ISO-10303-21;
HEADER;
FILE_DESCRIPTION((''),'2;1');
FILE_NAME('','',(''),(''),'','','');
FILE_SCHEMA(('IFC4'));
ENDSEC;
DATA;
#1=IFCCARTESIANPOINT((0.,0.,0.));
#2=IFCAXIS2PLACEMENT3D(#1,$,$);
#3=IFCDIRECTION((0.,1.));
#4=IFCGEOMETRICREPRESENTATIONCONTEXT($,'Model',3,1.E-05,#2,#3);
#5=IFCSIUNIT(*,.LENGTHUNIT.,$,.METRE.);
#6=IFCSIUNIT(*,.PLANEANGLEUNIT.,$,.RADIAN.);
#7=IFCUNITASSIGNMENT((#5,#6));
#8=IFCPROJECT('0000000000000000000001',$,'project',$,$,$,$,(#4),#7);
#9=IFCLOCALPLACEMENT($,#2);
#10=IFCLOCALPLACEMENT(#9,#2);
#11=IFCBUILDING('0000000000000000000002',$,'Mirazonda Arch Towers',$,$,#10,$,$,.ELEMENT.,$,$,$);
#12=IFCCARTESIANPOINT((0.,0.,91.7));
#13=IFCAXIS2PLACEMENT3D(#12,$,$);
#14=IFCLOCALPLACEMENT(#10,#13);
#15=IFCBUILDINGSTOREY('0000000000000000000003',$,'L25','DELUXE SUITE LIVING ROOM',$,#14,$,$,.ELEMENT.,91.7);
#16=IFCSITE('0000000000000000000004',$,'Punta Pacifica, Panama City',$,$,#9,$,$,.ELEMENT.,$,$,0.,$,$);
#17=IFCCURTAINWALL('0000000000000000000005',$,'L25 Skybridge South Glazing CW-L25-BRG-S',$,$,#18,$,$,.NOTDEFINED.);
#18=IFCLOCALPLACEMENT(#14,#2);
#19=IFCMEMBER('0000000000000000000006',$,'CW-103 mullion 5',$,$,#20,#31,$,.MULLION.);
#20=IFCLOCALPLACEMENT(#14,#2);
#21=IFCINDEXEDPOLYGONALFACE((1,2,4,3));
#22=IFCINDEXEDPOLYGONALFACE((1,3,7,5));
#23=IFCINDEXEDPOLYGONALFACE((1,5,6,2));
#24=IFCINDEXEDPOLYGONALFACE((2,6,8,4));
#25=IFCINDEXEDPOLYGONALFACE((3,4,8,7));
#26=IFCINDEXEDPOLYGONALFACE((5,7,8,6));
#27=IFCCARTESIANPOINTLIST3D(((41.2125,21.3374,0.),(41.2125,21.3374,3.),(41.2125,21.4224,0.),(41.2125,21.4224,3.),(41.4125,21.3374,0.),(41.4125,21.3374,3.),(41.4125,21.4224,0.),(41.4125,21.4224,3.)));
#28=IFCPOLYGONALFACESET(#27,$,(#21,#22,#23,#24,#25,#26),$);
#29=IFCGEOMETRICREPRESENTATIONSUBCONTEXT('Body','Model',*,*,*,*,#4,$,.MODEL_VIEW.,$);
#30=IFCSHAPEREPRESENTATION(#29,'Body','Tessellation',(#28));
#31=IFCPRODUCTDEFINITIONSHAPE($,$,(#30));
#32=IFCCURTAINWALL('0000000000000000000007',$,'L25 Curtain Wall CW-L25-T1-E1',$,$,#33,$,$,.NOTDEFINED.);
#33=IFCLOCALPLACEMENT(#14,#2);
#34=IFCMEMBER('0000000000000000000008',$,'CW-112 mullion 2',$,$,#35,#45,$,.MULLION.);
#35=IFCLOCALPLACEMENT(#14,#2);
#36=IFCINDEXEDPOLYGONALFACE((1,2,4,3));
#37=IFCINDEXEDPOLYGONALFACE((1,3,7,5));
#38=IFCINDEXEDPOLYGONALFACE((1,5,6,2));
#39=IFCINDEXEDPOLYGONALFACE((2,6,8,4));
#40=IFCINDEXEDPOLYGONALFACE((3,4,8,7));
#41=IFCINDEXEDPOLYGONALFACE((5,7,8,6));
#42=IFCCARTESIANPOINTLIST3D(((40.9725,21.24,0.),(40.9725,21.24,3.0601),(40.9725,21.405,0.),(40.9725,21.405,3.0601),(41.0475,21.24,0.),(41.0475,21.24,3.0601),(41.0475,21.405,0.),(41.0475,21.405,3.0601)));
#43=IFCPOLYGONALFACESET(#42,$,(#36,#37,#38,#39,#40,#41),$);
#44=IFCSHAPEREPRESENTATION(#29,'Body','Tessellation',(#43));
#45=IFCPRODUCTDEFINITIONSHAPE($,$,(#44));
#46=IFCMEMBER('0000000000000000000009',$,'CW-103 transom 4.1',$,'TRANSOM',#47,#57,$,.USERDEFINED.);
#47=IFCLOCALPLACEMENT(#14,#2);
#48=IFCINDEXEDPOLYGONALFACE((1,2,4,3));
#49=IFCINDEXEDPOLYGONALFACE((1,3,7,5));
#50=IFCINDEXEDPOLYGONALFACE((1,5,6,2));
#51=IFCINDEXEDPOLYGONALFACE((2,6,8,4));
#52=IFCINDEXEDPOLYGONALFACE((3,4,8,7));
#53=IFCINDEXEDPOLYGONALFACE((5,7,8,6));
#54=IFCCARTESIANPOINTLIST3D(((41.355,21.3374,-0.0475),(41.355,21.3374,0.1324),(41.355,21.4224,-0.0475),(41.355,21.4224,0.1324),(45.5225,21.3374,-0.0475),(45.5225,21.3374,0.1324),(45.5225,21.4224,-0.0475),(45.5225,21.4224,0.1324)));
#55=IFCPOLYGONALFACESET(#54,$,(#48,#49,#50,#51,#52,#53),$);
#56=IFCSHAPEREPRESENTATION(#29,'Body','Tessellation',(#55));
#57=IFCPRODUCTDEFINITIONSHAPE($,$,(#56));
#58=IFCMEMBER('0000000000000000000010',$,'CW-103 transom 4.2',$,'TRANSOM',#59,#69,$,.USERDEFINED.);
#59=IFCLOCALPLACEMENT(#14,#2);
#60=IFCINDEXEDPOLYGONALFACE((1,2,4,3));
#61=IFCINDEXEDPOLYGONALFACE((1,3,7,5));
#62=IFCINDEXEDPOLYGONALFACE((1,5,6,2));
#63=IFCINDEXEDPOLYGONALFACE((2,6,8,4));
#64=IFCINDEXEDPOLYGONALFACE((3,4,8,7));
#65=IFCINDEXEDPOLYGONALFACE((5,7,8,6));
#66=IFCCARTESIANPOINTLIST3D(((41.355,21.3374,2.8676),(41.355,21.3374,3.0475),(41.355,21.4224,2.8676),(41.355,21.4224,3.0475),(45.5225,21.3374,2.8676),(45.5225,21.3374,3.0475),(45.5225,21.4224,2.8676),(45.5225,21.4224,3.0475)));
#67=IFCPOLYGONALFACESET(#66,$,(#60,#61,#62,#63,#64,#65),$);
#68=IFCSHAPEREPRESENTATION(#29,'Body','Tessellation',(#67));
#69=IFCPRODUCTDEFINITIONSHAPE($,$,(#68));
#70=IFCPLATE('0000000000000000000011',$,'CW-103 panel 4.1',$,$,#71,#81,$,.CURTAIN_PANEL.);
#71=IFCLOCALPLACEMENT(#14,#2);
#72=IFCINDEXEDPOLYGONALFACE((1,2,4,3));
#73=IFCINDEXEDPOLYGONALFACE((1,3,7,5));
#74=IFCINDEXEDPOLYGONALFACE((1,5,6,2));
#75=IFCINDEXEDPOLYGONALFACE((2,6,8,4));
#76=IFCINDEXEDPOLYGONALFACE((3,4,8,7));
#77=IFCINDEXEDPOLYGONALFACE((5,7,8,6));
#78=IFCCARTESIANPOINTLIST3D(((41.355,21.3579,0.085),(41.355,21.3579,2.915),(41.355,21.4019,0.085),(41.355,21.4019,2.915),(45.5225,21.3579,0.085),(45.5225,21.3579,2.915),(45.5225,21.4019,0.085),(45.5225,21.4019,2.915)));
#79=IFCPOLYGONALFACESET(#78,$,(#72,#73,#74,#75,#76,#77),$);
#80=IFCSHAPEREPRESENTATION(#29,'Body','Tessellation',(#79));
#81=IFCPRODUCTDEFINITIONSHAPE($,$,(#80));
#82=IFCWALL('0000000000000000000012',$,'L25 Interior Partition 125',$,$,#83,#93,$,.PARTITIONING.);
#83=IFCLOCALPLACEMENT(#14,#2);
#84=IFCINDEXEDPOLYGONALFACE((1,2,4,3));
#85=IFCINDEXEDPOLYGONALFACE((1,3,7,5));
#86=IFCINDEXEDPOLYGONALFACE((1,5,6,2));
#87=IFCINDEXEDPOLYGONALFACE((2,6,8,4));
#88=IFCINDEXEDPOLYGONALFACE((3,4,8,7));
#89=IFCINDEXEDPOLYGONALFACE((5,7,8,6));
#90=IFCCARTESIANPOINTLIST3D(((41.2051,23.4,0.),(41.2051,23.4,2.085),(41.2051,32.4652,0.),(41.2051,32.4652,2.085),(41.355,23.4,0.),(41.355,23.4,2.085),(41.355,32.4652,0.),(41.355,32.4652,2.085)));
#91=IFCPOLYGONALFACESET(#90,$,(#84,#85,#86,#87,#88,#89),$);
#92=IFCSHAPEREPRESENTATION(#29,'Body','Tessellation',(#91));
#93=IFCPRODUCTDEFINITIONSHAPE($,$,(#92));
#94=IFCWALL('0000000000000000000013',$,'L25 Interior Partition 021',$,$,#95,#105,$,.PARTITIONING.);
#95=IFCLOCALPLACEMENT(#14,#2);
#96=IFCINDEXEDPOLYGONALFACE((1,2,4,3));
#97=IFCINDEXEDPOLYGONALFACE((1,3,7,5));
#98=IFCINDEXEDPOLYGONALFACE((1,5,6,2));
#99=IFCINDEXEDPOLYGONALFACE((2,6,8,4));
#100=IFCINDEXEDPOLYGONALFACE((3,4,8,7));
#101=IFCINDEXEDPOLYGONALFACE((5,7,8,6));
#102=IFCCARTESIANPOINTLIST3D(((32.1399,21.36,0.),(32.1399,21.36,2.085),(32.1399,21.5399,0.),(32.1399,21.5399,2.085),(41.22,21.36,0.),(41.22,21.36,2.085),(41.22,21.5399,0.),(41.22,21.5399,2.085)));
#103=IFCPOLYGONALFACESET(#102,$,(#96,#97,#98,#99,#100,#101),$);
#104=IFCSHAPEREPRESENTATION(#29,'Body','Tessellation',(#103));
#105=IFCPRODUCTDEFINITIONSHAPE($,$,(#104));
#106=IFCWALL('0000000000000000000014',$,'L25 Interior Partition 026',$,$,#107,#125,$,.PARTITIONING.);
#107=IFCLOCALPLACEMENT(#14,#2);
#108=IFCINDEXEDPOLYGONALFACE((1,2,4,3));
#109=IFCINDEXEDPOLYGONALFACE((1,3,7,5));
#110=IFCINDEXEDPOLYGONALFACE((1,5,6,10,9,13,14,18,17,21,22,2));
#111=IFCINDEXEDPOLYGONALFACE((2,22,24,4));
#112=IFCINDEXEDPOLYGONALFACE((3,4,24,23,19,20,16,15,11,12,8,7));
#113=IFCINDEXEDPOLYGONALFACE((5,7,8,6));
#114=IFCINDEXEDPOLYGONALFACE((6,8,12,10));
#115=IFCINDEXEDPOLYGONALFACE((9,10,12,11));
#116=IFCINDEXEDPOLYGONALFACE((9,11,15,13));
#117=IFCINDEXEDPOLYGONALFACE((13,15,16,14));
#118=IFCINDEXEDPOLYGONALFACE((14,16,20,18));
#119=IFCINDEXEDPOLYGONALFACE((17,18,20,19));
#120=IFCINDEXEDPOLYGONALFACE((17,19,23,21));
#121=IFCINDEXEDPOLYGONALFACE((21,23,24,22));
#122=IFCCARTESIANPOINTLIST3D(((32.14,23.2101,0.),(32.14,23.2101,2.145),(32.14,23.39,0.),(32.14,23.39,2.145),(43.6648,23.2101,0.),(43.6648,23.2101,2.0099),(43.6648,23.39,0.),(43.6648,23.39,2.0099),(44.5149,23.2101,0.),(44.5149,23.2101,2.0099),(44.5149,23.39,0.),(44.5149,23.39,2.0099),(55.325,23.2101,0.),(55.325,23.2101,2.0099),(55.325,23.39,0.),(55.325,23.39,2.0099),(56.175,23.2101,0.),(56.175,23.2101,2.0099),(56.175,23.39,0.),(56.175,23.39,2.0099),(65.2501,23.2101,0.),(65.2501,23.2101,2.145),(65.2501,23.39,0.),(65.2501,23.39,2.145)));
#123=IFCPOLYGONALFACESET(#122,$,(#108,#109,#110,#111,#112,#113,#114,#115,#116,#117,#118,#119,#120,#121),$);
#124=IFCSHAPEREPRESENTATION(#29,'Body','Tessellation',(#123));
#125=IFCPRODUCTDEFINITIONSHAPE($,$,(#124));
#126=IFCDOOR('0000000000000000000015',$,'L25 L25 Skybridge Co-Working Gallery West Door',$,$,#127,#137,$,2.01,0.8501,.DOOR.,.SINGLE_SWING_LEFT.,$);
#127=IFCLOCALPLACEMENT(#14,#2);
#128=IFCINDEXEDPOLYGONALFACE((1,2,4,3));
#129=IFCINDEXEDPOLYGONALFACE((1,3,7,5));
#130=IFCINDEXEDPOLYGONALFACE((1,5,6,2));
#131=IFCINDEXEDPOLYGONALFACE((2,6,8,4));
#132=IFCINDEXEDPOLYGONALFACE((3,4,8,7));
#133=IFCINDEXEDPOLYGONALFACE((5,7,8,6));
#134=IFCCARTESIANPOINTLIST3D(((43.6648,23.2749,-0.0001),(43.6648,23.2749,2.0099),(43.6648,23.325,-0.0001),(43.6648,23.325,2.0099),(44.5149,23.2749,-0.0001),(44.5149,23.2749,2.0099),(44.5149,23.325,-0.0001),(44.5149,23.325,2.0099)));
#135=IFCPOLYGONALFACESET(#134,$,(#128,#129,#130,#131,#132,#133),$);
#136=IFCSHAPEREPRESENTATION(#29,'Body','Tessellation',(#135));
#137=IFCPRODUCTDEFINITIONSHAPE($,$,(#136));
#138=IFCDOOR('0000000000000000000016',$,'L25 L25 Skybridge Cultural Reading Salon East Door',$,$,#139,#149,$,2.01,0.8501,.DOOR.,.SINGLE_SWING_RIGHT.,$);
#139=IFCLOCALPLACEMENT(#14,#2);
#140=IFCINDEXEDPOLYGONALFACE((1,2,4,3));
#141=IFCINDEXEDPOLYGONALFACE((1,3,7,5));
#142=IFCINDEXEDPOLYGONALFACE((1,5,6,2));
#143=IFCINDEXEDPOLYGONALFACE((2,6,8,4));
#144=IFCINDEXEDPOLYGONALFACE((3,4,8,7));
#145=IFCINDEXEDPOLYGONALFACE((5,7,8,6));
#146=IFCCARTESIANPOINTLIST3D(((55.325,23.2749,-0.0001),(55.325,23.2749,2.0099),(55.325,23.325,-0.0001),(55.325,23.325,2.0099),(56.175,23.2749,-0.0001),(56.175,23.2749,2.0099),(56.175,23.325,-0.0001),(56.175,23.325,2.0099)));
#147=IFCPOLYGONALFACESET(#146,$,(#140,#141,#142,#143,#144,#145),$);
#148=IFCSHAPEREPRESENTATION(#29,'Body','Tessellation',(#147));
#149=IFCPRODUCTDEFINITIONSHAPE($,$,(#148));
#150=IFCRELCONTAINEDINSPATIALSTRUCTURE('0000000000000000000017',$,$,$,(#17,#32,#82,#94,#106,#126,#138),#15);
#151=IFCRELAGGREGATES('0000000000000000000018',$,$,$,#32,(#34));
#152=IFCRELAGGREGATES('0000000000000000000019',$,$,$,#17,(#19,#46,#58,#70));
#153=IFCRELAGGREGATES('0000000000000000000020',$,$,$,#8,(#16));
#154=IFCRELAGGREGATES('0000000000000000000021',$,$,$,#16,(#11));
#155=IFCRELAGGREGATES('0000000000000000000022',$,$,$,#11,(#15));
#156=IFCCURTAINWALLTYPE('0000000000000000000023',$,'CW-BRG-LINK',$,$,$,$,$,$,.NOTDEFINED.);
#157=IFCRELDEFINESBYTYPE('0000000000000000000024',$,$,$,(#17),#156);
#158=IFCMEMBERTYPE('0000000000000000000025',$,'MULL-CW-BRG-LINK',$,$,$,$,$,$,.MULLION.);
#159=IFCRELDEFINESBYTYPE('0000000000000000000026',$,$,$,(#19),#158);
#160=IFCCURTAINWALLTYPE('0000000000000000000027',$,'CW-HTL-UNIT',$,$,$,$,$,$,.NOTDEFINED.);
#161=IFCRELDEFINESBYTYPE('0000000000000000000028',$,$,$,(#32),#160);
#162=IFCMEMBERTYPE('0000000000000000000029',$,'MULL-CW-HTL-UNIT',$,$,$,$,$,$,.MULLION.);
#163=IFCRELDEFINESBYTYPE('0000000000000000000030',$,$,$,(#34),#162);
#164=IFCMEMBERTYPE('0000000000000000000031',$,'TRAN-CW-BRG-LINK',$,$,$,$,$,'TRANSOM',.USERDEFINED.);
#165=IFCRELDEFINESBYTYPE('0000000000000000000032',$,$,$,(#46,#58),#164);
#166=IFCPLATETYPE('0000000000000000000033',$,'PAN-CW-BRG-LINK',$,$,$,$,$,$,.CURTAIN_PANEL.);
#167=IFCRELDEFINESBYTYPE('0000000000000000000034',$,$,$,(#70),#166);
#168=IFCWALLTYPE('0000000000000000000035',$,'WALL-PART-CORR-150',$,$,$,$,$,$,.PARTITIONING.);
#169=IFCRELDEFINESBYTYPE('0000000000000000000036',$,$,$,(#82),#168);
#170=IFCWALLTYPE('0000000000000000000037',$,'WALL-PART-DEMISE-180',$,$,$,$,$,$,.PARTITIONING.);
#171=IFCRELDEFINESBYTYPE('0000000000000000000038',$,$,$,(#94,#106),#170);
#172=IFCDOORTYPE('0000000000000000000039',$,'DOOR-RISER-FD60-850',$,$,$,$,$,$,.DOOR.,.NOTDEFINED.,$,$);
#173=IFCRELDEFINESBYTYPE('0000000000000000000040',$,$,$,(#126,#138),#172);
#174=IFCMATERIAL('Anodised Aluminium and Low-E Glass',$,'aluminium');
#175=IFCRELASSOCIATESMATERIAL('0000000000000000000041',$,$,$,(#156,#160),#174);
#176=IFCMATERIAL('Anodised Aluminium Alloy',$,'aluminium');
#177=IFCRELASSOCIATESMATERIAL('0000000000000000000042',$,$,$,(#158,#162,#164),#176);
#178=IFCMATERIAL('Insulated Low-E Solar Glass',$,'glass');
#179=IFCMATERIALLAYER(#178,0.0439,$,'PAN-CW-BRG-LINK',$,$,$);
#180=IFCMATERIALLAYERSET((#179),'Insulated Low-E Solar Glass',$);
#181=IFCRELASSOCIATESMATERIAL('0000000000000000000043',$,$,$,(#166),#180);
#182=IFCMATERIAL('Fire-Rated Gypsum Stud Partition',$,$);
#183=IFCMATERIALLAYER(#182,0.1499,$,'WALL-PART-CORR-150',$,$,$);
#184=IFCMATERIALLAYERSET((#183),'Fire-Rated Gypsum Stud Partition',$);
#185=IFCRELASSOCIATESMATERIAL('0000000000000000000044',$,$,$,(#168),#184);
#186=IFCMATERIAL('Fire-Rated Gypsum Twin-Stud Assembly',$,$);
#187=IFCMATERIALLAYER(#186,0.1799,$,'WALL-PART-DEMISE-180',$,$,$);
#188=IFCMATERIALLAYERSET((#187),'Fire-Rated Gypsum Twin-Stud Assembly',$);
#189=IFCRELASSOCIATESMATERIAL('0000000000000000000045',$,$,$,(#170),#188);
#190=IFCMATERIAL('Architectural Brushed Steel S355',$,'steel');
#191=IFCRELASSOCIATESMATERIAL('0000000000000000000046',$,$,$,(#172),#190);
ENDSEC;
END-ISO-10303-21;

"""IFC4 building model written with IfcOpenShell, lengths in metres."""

from ifc_helpers import new_model, si_unit, direction, frame, frame_2d, origin, origin_2d, place, context, subcontext, project, spatial, rectangle, extrude, material, layer, layer_set, material_profile, profile_set, type_object, element, fill, aggregate, save


model = new_model("IFC4")

# Units and contexts
model_context = context("Model", 3, precision=1e-05, world=origin(), true_north=direction((0.0, 1.0)))
body_context = subcontext(model_context, "Body", "Model", "MODEL_VIEW")
ifc_project = project(units=[si_unit("LENGTHUNIT", "METRE"), si_unit("PLANEANGLEUNIT", "RADIAN")], contexts=[model_context])

# Site, building, storey
site_placement = place(None, origin())
site = spatial("IfcSite", under=ifc_project, at=site_placement, Name="Punta Pacifica, Panama City", CompositionType="ELEMENT", RefElevation=0.0)
building_placement = place(site_placement, origin())
building = spatial("IfcBuilding", under=site, at=building_placement, Name="Mirazonda Arch Towers", CompositionType="ELEMENT")
storey_placement = place(building_placement, frame((0.0, 0.0, 91.7)))
storey = spatial("IfcBuildingStorey", under=building, at=storey_placement, Name="L25", Description="DELUXE SUITE LIVING ROOM", CompositionType="ELEMENT", Elevation=91.7)

# Curtain walls, members
ifc_material_1 = material(Name="Anodised Aluminium and Low-E Glass", Category="aluminium")
curtain_wall_type_1 = type_object("IfcCurtainWallType", Name="CW-BRG-LINK", PredefinedType="NOTDEFINED", material=ifc_material_1)
curtain_wall_1_placement = place(storey_placement, origin())
curtain_wall_1 = element("IfcCurtainWall", 1, at=curtain_wall_1_placement, inside=storey, type_object=curtain_wall_type_1, Name="L25 Skybridge South Glazing CW-L25-BRG-S", PredefinedType="NOTDEFINED")
ifc_material_2 = material(Name="Anodised Aluminium Alloy", Category="aluminium")
ifc_material_profile_1 = material_profile(ifc_material_2, rectangle(XDim=0.085, YDim=0.2, at=origin_2d()), Name="ALU-MULL-85x200")
ifc_profile_set_1 = profile_set([ifc_material_profile_1], Name="Anodised Aluminium Alloy")
member_type_1 = type_object("IfcMemberType", Name="MULL-CW-BRG-LINK", PredefinedType="MULLION", material=ifc_profile_set_1)
member_1_placement = place(storey_placement, frame((41.3125, 21.3799, 0.0), z_axis=(0.0, 0.0, 1.0), x_axis=(0.0, -1.0, 0.0)))
member_1 = element("IfcMember", 2, at=member_1_placement, type_object=member_type_1, Name="CW-103 mullion 5", PredefinedType="MULLION", context=body_context, shape_type="SweptSolid", body=[
    extrude(rectangle(XDim=0.085, YDim=0.2, at=origin_2d()), origin(), (0.0, 0.0, 1.0), 3.0),
])
curtain_wall_type_2 = type_object("IfcCurtainWallType", Name="CW-HTL-UNIT", PredefinedType="NOTDEFINED", material=ifc_material_1)
curtain_wall_2_placement = place(storey_placement, origin())
curtain_wall_2 = element("IfcCurtainWall", 3, at=curtain_wall_2_placement, inside=storey, type_object=curtain_wall_type_2, Name="L25 Curtain Wall CW-L25-T1-E1", PredefinedType="NOTDEFINED")
ifc_material_profile_2 = material_profile(ifc_material_2, rectangle(XDim=0.075, YDim=0.165, at=origin_2d()), Name="ALU-MULL-75x165")
ifc_profile_set_2 = profile_set([ifc_material_profile_2], Name="Anodised Aluminium Alloy")
member_type_2 = type_object("IfcMemberType", Name="MULL-CW-HTL-UNIT", PredefinedType="MULLION", material=ifc_profile_set_2)
member_2_placement = place(storey_placement, frame((41.01, 21.3225, 0.0), z_axis=(0.0, 0.0, 1.0), x_axis=(-1.0, 0.0, 0.0)))
member_2 = element("IfcMember", 4, at=member_2_placement, type_object=member_type_2, Name="CW-112 mullion 2", PredefinedType="MULLION", context=body_context, shape_type="SweptSolid", body=[
    extrude(rectangle(XDim=0.075, YDim=0.165, at=origin_2d()), origin(), (0.0, 0.0, 1.0), 3.0601),
])
aggregate(curtain_wall_2, [member_2])

# Members
ifc_material_profile_3 = material_profile(ifc_material_2, rectangle(XDim=0.085, YDim=0.1799, at=origin_2d()), Name="ALU-TRAN-85x180")
ifc_profile_set_3 = profile_set([ifc_material_profile_3], Name="Anodised Aluminium Alloy")
member_type_3 = type_object("IfcMemberType", Name="TRAN-CW-BRG-LINK", ElementType="TRANSOM", PredefinedType="USERDEFINED", material=ifc_profile_set_3)
member_3_placement = place(storey_placement, frame((45.5225, 21.3799, 0.0425), z_axis=(-1.0, 0.0, 0.0), x_axis=(0.0, -1.0, 0.0)))
member_3 = element("IfcMember", 5, at=member_3_placement, type_object=member_type_3, Name="CW-103 transom 4.1", ObjectType="TRANSOM", PredefinedType="USERDEFINED", context=body_context, shape_type="SweptSolid", body=[
    extrude(rectangle(XDim=0.085, YDim=0.1799, at=origin_2d()), origin(), (0.0, 0.0, 1.0), 4.1675),
])
member_4_placement = place(storey_placement, frame((45.5225, 21.3799, 2.9575), z_axis=(-1.0, 0.0, 0.0), x_axis=(0.0, -1.0, 0.0)))
member_4 = element("IfcMember", 6, at=member_4_placement, type_object=member_type_3, Name="CW-103 transom 4.2", ObjectType="TRANSOM", PredefinedType="USERDEFINED", context=body_context, shape_type="SweptSolid", body=[
    extrude(rectangle(XDim=0.085, YDim=0.1799, at=origin_2d()), origin(), (0.0, 0.0, 1.0), 4.1675),
])

# Plate
ifc_material_3 = material(Name="Insulated Low-E Solar Glass", Category="glass")
ifc_layer_1 = layer(ifc_material_3, 0.0439, Name="PAN-CW-BRG-LINK")
ifc_layer_set_1 = layer_set([ifc_layer_1], Name="Insulated Low-E Solar Glass")
plate_type = type_object("IfcPlateType", Name="PAN-CW-BRG-LINK", PredefinedType="CURTAIN_PANEL", material=ifc_layer_set_1)
plate_placement = place(storey_placement, frame((43.4387, 21.3799, 0.085), z_axis=(0.0, 0.0, 1.0), x_axis=(-1.0, 0.0, 0.0)))
plate = element("IfcPlate", 7, at=plate_placement, type_object=plate_type, Name="CW-103 panel 4.1", PredefinedType="CURTAIN_PANEL", context=body_context, shape_type="SweptSolid", body=[
    extrude(rectangle(XDim=4.1675, YDim=0.0439, at=origin_2d()), origin(), (0.0, 0.0, 1.0), 2.8301),
])
aggregate(curtain_wall_1, [member_1, member_3, member_4, plate])

# Walls
ifc_material_4 = material(Name="Fire-Rated Gypsum Stud Partition")
ifc_layer_2 = layer(ifc_material_4, 0.1499, Name="WALL-PART-CORR-150")
ifc_layer_set_2 = layer_set([ifc_layer_2], Name="Fire-Rated Gypsum Stud Partition")
wall_type_1 = type_object("IfcWallType", Name="WALL-PART-CORR-150", PredefinedType="PARTITIONING", material=ifc_layer_set_2)
wall_1_placement = place(storey_placement, frame((41.28, 23.3999, 0.0), z_axis=(0.0, 0.0, 1.0), x_axis=(0.0, 1.0, 0.0)))
element("IfcWall", 8, at=wall_1_placement, inside=storey, type_object=wall_type_1, Name="L25 Interior Partition 125", PredefinedType="PARTITIONING", context=body_context, shape_type="SweptSolid", body=[
    extrude(rectangle(XDim=9.0652, YDim=0.1499, at=frame_2d((4.5327, 0.0))), origin(), (0.0, 0.0, 1.0), 2.085),
])
ifc_material_5 = material(Name="Fire-Rated Gypsum Twin-Stud Assembly")
ifc_layer_3 = layer(ifc_material_5, 0.1799, Name="WALL-PART-DEMISE-180")
ifc_layer_set_3 = layer_set([ifc_layer_3], Name="Fire-Rated Gypsum Twin-Stud Assembly")
wall_type_2 = type_object("IfcWallType", Name="WALL-PART-DEMISE-180", PredefinedType="PARTITIONING", material=ifc_layer_set_3)
wall_2_placement = place(storey_placement, frame((32.1399, 21.45, 0.0), z_axis=(0.0, 0.0, 1.0), x_axis=(1.0, 0.0, 0.0)))
element("IfcWall", 9, at=wall_2_placement, inside=storey, type_object=wall_type_2, Name="L25 Interior Partition 021", PredefinedType="PARTITIONING", context=body_context, shape_type="SweptSolid", body=[
    extrude(rectangle(XDim=9.0801, YDim=0.1799, at=frame_2d((4.54, 0.0))), origin(), (0.0, 0.0, 1.0), 2.085),
])

# Wall, openings, doors
wall_3_placement = place(storey_placement, frame((32.1399, 23.3, 0.0), z_axis=(0.0, 0.0, 1.0), x_axis=(1.0, 0.0, 0.0)))
wall_3 = element("IfcWall", 10, at=wall_3_placement, inside=storey, type_object=wall_type_2, Name="L25 Interior Partition 026", PredefinedType="PARTITIONING", context=body_context, shape_type="SweptSolid", body=[
    extrude(rectangle(XDim=33.1101, YDim=0.1799, at=frame_2d((16.5552, 0.0))), origin(), (0.0, 0.0, 1.0), 2.145),
])
opening_1_placement = place(wall_3_placement, frame((11.5249, 0.0, 0.0)))
opening_1 = element("IfcOpeningElement", 11, at=opening_1_placement, cuts=wall_3, PredefinedType="OPENING", context=body_context, shape_type="SweptSolid", body=[
    extrude(rectangle(XDim=0.8501, YDim=2.01, at=frame_2d((0.425, 1.0049))), frame((0.0, 0.0999, 0.0), z_axis=(0.0, -1.0, 0.0), x_axis=(1.0, 0.0, 0.0)), (0.0, 0.0, 1.0), 0.2),
])
opening_2_placement = place(wall_3_placement, frame((23.1851, 0.0, 0.0)))
opening_2 = element("IfcOpeningElement", 12, at=opening_2_placement, cuts=wall_3, PredefinedType="OPENING", context=body_context, shape_type="SweptSolid", body=[
    extrude(rectangle(XDim=0.8501, YDim=2.01, at=frame_2d((0.425, 1.0049))), frame((0.0, 0.0999, 0.0), z_axis=(0.0, -1.0, 0.0), x_axis=(1.0, 0.0, 0.0)), (0.0, 0.0, 1.0), 0.2),
])
ifc_material_6 = material(Name="Architectural Brushed Steel S355", Category="steel")
door_type_1 = type_object("IfcDoorType", Name="DOOR-RISER-FD60-850", OperationType="NOTDEFINED", PredefinedType="DOOR", material=ifc_material_6)
door_1_placement = place(opening_1_placement, origin())
door_1 = element("IfcDoor", 13, at=door_1_placement, inside=storey, type_object=door_type_1, Name="L25 L25 Skybridge Co-Working Gallery West Door", OperationType="SINGLE_SWING_LEFT", OverallHeight=2.01, OverallWidth=0.8501, PredefinedType="DOOR", context=body_context, shape_type="SweptSolid", body=[
    extrude(rectangle(XDim=0.8501, YDim=2.01, at=frame_2d((0.425, 1.0049))), frame((0.0, 0.0249, 0.0), z_axis=(0.0, -1.0, 0.0), x_axis=(1.0, 0.0, 0.0)), (0.0, 0.0, 1.0), 0.05),
])
fill(opening_1, door_1)
door_2_placement = place(opening_2_placement, origin())
door_2 = element("IfcDoor", 14, at=door_2_placement, inside=storey, type_object=door_type_1, Name="L25 L25 Skybridge Cultural Reading Salon East Door", OperationType="SINGLE_SWING_RIGHT", OverallHeight=2.01, OverallWidth=0.8501, PredefinedType="DOOR", context=body_context, shape_type="SweptSolid", body=[
    extrude(rectangle(XDim=0.8501, YDim=2.01, at=frame_2d((0.425, 1.0049))), frame((0.0, 0.0249, 0.0), z_axis=(0.0, -1.0, 0.0), x_axis=(1.0, 0.0, 0.0)), (0.0, 0.0, 1.0), 0.05),
])
fill(opening_2, door_2)

save(model, "model.ifc")
